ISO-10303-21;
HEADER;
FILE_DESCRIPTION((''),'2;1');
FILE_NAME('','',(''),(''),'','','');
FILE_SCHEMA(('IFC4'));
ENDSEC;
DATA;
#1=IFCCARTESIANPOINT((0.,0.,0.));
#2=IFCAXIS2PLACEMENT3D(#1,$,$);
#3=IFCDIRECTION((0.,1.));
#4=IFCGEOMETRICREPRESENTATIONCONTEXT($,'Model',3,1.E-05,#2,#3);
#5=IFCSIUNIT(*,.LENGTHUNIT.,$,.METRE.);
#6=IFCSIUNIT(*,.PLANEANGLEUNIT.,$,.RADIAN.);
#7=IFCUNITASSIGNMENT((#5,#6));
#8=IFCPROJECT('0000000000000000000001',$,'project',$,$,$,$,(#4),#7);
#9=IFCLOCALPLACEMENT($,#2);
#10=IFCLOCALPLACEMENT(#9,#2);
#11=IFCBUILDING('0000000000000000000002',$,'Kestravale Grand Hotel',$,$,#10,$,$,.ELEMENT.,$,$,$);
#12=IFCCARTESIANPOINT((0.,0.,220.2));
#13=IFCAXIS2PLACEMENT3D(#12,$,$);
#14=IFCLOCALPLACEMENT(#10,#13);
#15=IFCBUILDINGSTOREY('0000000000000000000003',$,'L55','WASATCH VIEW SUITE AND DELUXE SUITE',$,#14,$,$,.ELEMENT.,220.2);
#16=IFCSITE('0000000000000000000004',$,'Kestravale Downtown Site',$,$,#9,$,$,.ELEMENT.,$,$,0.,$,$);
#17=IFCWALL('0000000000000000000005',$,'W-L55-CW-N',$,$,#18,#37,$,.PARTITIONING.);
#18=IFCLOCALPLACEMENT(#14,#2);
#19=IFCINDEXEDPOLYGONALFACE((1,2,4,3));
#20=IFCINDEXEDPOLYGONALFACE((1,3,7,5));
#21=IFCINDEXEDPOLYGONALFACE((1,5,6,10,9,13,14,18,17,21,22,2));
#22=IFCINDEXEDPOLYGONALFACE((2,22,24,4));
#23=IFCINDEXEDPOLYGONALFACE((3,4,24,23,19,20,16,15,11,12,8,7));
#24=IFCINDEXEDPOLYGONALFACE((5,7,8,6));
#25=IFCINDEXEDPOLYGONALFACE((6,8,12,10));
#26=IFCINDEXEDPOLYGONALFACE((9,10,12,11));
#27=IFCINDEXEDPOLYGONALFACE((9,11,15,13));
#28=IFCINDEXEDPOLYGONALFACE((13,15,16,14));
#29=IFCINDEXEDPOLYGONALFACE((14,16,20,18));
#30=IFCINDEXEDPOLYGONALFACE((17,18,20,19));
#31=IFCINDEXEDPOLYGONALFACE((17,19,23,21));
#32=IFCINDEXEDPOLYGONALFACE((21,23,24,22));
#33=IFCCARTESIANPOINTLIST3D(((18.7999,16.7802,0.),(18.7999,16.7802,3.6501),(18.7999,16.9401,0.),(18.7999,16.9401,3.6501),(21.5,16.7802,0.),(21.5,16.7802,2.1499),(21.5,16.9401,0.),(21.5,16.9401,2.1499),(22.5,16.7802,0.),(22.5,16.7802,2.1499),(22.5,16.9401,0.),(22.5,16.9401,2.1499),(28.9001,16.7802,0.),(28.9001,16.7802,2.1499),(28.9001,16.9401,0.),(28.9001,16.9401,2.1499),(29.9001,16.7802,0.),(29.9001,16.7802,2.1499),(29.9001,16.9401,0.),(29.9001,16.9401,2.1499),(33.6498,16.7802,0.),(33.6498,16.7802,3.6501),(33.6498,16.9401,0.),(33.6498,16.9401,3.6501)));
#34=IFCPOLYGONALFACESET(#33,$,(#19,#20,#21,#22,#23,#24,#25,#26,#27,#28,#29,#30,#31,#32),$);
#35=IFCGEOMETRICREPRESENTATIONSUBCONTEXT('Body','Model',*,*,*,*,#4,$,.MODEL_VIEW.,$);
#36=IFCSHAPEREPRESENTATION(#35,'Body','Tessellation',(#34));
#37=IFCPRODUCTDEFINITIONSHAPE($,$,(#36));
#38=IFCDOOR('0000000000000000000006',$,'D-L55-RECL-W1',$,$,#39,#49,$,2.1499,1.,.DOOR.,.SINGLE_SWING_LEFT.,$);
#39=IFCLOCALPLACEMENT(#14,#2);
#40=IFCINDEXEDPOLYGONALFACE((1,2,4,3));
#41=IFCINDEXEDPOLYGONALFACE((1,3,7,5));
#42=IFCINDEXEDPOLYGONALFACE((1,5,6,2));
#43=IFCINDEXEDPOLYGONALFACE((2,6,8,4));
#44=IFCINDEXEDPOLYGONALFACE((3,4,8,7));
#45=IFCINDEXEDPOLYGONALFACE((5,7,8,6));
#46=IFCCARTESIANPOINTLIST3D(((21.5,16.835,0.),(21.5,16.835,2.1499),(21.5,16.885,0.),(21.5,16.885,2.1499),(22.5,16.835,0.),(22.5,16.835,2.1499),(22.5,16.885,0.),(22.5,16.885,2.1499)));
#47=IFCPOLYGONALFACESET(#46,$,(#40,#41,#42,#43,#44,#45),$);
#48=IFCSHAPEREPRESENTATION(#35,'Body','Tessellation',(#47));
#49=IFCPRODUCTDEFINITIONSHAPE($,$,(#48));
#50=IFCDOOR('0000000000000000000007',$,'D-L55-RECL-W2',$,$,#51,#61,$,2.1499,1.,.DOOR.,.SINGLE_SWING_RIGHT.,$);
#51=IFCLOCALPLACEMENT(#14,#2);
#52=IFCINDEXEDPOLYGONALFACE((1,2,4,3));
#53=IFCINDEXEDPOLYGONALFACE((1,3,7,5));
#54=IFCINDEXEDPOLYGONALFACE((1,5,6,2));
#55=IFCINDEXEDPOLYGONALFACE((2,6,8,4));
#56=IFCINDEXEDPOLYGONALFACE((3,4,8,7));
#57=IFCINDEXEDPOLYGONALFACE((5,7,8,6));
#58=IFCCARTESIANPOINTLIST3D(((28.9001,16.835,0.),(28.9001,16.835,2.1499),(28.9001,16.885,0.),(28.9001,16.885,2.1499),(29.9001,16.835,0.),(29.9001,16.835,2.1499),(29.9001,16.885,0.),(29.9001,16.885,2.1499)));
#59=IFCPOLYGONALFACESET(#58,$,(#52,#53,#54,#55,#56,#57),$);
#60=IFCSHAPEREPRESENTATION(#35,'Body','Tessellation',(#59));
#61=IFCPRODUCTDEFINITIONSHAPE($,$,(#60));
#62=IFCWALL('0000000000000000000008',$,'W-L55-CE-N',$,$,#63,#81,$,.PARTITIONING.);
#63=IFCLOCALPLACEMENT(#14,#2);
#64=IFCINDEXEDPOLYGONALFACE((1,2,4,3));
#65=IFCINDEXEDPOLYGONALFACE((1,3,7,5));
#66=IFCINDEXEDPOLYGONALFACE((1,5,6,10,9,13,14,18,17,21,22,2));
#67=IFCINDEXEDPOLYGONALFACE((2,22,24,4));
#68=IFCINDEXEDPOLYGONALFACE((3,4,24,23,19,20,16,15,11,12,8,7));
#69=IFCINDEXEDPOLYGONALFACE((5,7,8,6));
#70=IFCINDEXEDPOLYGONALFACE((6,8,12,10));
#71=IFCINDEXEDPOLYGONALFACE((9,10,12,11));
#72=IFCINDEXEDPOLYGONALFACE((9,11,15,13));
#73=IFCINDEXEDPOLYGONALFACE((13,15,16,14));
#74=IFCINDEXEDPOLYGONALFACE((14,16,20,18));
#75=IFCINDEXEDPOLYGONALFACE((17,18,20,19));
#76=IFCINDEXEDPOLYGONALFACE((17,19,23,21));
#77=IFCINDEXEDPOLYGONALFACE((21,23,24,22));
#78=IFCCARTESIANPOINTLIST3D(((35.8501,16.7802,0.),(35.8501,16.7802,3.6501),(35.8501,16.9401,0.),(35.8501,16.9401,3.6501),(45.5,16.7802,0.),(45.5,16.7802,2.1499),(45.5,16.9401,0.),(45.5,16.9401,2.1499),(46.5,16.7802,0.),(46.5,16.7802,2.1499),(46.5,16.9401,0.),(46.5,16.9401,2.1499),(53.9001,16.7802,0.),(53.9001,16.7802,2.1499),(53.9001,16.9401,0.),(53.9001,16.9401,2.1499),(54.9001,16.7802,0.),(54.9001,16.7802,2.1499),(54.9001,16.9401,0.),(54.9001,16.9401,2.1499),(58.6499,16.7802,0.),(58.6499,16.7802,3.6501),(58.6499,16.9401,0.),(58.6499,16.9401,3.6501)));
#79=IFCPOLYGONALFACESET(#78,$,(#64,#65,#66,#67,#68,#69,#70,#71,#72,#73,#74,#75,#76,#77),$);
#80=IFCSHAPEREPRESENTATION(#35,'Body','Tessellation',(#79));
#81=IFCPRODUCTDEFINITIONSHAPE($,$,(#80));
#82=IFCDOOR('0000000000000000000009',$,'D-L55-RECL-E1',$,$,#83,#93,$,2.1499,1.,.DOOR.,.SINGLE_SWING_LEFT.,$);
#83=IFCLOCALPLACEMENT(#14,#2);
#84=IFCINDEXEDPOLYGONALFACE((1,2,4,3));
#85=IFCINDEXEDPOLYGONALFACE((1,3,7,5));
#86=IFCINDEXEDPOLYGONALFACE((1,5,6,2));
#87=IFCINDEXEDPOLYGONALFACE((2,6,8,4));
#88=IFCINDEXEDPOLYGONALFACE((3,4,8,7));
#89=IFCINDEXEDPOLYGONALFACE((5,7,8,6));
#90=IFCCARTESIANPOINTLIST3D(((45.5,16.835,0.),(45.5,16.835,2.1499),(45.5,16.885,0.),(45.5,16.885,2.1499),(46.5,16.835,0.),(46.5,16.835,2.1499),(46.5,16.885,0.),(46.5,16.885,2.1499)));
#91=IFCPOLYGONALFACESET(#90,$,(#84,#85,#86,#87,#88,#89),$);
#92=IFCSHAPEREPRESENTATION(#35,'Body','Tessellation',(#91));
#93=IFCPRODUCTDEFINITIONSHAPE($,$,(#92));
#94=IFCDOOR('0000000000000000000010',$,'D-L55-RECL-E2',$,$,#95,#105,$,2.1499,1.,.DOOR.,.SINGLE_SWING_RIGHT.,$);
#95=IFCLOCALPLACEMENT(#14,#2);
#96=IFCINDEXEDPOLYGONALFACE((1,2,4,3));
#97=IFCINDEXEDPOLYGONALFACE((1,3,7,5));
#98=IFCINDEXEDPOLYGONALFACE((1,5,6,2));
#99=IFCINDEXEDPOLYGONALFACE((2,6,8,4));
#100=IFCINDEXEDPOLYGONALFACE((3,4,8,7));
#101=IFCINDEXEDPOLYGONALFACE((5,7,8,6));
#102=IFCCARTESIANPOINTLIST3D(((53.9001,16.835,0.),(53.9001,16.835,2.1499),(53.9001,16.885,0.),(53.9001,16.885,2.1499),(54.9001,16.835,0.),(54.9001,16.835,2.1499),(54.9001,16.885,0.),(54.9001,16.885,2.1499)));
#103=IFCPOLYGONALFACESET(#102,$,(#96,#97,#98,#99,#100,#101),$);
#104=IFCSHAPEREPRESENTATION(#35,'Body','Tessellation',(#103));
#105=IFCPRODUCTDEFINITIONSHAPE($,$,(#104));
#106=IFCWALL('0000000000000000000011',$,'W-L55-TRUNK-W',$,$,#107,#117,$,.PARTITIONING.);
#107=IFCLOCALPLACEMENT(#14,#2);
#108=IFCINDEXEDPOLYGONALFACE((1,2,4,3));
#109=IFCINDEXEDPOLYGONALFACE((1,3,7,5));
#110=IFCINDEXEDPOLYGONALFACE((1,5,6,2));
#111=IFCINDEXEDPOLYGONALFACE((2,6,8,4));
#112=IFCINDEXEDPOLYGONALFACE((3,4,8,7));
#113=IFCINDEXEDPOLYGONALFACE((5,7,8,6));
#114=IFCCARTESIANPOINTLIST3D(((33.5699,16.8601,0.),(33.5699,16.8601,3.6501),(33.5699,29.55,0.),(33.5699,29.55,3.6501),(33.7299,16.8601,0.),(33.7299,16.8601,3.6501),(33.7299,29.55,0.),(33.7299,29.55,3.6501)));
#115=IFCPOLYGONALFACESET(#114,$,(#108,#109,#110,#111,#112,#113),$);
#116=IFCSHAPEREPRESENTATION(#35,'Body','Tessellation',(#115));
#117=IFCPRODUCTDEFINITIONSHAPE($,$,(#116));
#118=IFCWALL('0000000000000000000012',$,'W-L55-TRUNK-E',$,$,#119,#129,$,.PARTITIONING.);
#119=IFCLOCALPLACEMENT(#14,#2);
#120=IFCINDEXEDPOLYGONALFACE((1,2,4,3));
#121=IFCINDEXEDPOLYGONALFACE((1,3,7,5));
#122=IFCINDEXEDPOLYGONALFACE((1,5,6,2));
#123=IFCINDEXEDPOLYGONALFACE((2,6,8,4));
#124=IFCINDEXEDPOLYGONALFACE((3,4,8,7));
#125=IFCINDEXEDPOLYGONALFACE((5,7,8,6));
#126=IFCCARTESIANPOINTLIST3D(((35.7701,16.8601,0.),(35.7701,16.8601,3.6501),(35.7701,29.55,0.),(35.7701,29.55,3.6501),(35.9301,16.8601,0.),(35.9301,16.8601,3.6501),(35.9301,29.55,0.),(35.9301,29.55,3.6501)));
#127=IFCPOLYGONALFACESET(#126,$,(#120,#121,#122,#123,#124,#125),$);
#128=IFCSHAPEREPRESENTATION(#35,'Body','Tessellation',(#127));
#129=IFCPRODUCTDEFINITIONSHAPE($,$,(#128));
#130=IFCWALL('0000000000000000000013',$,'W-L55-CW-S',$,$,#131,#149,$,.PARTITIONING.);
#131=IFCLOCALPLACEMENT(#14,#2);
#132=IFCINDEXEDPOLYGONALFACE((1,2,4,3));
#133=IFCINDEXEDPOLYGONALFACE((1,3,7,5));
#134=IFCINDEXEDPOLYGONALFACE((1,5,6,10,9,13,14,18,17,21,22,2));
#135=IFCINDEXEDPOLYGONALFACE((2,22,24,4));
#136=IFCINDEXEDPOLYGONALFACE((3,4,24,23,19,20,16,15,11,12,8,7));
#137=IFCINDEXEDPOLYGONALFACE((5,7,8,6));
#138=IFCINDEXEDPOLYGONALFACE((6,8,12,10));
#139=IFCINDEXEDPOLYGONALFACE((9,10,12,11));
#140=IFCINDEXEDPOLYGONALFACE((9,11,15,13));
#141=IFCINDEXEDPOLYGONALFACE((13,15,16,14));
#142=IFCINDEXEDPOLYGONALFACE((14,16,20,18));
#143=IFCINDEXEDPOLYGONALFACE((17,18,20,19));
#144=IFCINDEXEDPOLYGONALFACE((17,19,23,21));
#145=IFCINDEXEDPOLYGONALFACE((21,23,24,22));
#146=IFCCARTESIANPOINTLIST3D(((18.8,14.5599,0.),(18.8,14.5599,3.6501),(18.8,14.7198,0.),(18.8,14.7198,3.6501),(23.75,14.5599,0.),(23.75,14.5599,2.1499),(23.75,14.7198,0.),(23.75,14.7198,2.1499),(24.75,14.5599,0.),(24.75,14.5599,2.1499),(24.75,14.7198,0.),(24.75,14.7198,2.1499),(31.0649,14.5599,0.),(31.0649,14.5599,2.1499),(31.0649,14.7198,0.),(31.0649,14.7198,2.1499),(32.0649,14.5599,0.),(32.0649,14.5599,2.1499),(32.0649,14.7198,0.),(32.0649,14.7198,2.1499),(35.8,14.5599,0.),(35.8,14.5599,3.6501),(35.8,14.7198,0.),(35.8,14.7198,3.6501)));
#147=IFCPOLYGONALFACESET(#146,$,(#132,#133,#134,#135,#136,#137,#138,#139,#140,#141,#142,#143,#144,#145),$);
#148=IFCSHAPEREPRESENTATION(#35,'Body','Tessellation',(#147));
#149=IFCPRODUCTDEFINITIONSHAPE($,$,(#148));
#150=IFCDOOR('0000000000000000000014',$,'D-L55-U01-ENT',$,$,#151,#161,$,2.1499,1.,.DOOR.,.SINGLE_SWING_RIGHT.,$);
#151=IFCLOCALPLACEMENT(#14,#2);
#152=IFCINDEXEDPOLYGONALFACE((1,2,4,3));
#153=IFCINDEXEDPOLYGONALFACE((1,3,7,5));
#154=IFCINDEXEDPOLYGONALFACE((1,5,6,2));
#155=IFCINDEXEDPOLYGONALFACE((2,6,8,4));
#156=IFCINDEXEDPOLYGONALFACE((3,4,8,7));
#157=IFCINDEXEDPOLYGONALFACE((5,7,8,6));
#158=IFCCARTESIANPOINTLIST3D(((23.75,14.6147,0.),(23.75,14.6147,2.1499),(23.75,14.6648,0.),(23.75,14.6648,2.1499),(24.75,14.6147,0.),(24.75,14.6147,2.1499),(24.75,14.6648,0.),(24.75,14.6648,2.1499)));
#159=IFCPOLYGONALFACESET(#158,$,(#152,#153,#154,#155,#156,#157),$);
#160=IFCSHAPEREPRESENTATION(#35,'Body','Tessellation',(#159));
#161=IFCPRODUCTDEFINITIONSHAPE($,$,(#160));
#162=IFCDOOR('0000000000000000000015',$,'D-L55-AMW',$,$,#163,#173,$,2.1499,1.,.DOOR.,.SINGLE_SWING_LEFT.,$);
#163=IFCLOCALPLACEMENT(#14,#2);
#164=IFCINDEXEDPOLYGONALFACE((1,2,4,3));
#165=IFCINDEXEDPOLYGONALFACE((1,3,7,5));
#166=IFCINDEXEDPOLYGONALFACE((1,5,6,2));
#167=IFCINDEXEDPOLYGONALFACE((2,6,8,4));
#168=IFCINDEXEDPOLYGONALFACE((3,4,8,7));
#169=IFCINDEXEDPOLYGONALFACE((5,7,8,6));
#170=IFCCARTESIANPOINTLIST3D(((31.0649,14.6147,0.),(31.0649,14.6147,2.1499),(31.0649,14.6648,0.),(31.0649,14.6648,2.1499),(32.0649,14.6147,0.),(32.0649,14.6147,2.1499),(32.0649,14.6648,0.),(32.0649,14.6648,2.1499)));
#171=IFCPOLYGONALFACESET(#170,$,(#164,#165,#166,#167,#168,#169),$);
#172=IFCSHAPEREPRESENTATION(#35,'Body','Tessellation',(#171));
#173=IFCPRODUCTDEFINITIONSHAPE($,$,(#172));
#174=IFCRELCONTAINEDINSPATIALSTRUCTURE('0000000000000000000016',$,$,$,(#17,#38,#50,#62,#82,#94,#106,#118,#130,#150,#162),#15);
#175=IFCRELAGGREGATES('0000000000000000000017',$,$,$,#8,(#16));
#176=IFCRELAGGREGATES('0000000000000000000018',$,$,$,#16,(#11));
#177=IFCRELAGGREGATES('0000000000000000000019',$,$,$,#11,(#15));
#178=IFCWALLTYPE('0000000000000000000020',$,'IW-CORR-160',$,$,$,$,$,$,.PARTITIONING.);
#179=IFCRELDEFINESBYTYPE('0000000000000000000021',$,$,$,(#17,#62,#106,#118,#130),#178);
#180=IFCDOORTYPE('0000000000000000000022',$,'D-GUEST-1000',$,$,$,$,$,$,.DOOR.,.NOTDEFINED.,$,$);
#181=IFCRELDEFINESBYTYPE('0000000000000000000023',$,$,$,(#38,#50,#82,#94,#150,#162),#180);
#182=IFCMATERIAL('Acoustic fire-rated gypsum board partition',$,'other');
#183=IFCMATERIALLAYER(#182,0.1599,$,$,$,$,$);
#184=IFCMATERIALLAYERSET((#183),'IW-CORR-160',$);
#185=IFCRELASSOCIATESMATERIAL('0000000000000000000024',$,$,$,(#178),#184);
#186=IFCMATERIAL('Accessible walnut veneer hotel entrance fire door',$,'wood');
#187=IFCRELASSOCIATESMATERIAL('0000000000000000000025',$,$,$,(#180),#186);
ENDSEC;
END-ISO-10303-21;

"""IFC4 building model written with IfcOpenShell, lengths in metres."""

from ifc_helpers import new_model, si_unit, direction, frame, frame_2d, origin, place, context, subcontext, project, spatial, rectangle, extrude, material, layer, layer_set, type_object, element, fill, save


model = new_model("IFC4")

# Units and contexts
model_context = context("Model", 3, precision=1e-05, world=origin(), true_north=direction((0.0, 1.0)))
body_context = subcontext(model_context, "Body", "Model", "MODEL_VIEW")
ifc_project = project(units=[si_unit("LENGTHUNIT", "METRE"), si_unit("PLANEANGLEUNIT", "RADIAN")], contexts=[model_context])

# Site, building, storey
site_placement = place(None, origin())
site = spatial("IfcSite", under=ifc_project, at=site_placement, Name="Kestravale Downtown Site", CompositionType="ELEMENT", RefElevation=0.0)
building_placement = place(site_placement, origin())
building = spatial("IfcBuilding", under=site, at=building_placement, Name="Kestravale Grand Hotel", CompositionType="ELEMENT")
storey_placement = place(building_placement, frame((0.0, 0.0, 220.2)))
storey = spatial("IfcBuildingStorey", under=building, at=storey_placement, Name="L55", Description="WASATCH VIEW SUITE AND DELUXE SUITE", CompositionType="ELEMENT", Elevation=220.2)

# Walls, openings, doors
ifc_material_1 = material(Name="Acoustic fire-rated gypsum board partition", Category="other")
ifc_layer_1 = layer(ifc_material_1, 0.1599)
ifc_layer_set_1 = layer_set([ifc_layer_1], Name="IW-CORR-160")
wall_type_1 = type_object("IfcWallType", Name="IW-CORR-160", PredefinedType="PARTITIONING", material=ifc_layer_set_1)
wall_1_placement = place(storey_placement, frame((18.8, 16.8601, 0.0), z_axis=(0.0, 0.0, 1.0), x_axis=(1.0, 0.0, 0.0)))
wall_1 = element("IfcWall", 1, at=wall_1_placement, inside=storey, type_object=wall_type_1, Name="W-L55-CW-N", PredefinedType="PARTITIONING", context=body_context, shape_type="SweptSolid", body=[
    extrude(rectangle(XDim=14.8499, YDim=0.1599, at=frame_2d((7.4248, 0.0))), origin(), (0.0, 0.0, 1.0), 3.6501),
])
opening_1_placement = place(wall_1_placement, frame((2.7, 0.0, 0.0)))
opening_1 = element("IfcOpeningElement", 2, at=opening_1_placement, cuts=wall_1, PredefinedType="OPENING", context=body_context, shape_type="SweptSolid", body=[
    extrude(rectangle(XDim=1.0, YDim=2.1499, at=frame_2d((0.5, 1.075))), frame((0.0, 0.0898, 0.0), z_axis=(0.0, -1.0, 0.0), x_axis=(1.0, 0.0, 0.0)), (0.0, 0.0, 1.0), 0.1799),
])
opening_2_placement = place(wall_1_placement, frame((10.1001, 0.0, 0.0)))
opening_2 = element("IfcOpeningElement", 3, at=opening_2_placement, cuts=wall_1, PredefinedType="OPENING", context=body_context, shape_type="SweptSolid", body=[
    extrude(rectangle(XDim=1.0, YDim=2.1499, at=frame_2d((0.5, 1.075))), frame((0.0, 0.0898, 0.0), z_axis=(0.0, -1.0, 0.0), x_axis=(1.0, 0.0, 0.0)), (0.0, 0.0, 1.0), 0.1799),
])
ifc_material_2 = material(Name="Accessible walnut veneer hotel entrance fire door", Category="wood")
door_type_1 = type_object("IfcDoorType", Name="D-GUEST-1000", OperationType="NOTDEFINED", PredefinedType="DOOR", material=ifc_material_2)
door_1_placement = place(opening_1_placement, origin())
door_1 = element("IfcDoor", 4, at=door_1_placement, inside=storey, type_object=door_type_1, Name="D-L55-RECL-W1", OperationType="SINGLE_SWING_LEFT", OverallHeight=2.1499, OverallWidth=1.0, PredefinedType="DOOR", context=body_context, shape_type="SweptSolid", body=[
    extrude(rectangle(XDim=1.0, YDim=2.1499, at=frame_2d((0.5, 1.075))), frame((0.0, 0.0249, 0.0), z_axis=(0.0, -1.0, 0.0), x_axis=(1.0, 0.0, 0.0)), (0.0, 0.0, 1.0), 0.05),
])
fill(opening_1, door_1)
door_2_placement = place(opening_2_placement, origin())
door_2 = element("IfcDoor", 5, at=door_2_placement, inside=storey, type_object=door_type_1, Name="D-L55-RECL-W2", OperationType="SINGLE_SWING_RIGHT", OverallHeight=2.1499, OverallWidth=1.0, PredefinedType="DOOR", context=body_context, shape_type="SweptSolid", body=[
    extrude(rectangle(XDim=1.0, YDim=2.1499, at=frame_2d((0.5, 1.075))), frame((0.0, 0.0249, 0.0), z_axis=(0.0, -1.0, 0.0), x_axis=(1.0, 0.0, 0.0)), (0.0, 0.0, 1.0), 0.05),
])
fill(opening_2, door_2)
wall_2_placement = place(storey_placement, frame((35.8501, 16.8601, 0.0), z_axis=(0.0, 0.0, 1.0), x_axis=(1.0, 0.0, 0.0)))
wall_2 = element("IfcWall", 6, at=wall_2_placement, inside=storey, type_object=wall_type_1, Name="W-L55-CE-N", PredefinedType="PARTITIONING", context=body_context, shape_type="SweptSolid", body=[
    extrude(rectangle(XDim=22.7998, YDim=0.1599, at=frame_2d((11.3999, 0.0))), origin(), (0.0, 0.0, 1.0), 3.6501),
])
opening_3_placement = place(wall_2_placement, frame((9.6499, 0.0, 0.0)))
opening_3 = element("IfcOpeningElement", 7, at=opening_3_placement, cuts=wall_2, PredefinedType="OPENING", context=body_context, shape_type="SweptSolid", body=[
    extrude(rectangle(XDim=1.0, YDim=2.1499, at=frame_2d((0.5, 1.075))), frame((0.0, 0.0898, 0.0), z_axis=(0.0, -1.0, 0.0), x_axis=(1.0, 0.0, 0.0)), (0.0, 0.0, 1.0), 0.1799),
])
opening_4_placement = place(wall_2_placement, frame((18.05, 0.0, 0.0)))
opening_4 = element("IfcOpeningElement", 8, at=opening_4_placement, cuts=wall_2, PredefinedType="OPENING", context=body_context, shape_type="SweptSolid", body=[
    extrude(rectangle(XDim=1.0, YDim=2.1499, at=frame_2d((0.5, 1.075))), frame((0.0, 0.0898, 0.0), z_axis=(0.0, -1.0, 0.0), x_axis=(1.0, 0.0, 0.0)), (0.0, 0.0, 1.0), 0.1799),
])
door_3_placement = place(opening_3_placement, origin())
door_3 = element("IfcDoor", 9, at=door_3_placement, inside=storey, type_object=door_type_1, Name="D-L55-RECL-E1", OperationType="SINGLE_SWING_LEFT", OverallHeight=2.1499, OverallWidth=1.0, PredefinedType="DOOR", context=body_context, shape_type="SweptSolid", body=[
    extrude(rectangle(XDim=1.0, YDim=2.1499, at=frame_2d((0.5, 1.075))), frame((0.0, 0.0249, 0.0), z_axis=(0.0, -1.0, 0.0), x_axis=(1.0, 0.0, 0.0)), (0.0, 0.0, 1.0), 0.05),
])
fill(opening_3, door_3)
door_4_placement = place(opening_4_placement, origin())
door_4 = element("IfcDoor", 10, at=door_4_placement, inside=storey, type_object=door_type_1, Name="D-L55-RECL-E2", OperationType="SINGLE_SWING_RIGHT", OverallHeight=2.1499, OverallWidth=1.0, PredefinedType="DOOR", context=body_context, shape_type="SweptSolid", body=[
    extrude(rectangle(XDim=1.0, YDim=2.1499, at=frame_2d((0.5, 1.075))), frame((0.0, 0.0249, 0.0), z_axis=(0.0, -1.0, 0.0), x_axis=(1.0, 0.0, 0.0)), (0.0, 0.0, 1.0), 0.05),
])
fill(opening_4, door_4)

# Walls
for number, where, z_axis, x_axis, name in (
    (11, (33.6499, 16.8601, 0.0), (0.0, 0.0, 1.0), (0.0, 1.0, 0.0), "W-L55-TRUNK-W"),
    (12, (35.8501, 16.8601, 0.0), (0.0, 0.0, 1.0), (0.0, 1.0, 0.0), "W-L55-TRUNK-E"),
):
    element("IfcWall", number, at=place(storey_placement, frame(where, z_axis=z_axis, x_axis=x_axis)), inside=storey, type_object=wall_type_1, Name=name, PredefinedType="PARTITIONING", context=body_context, shape_type="SweptSolid", body=[
        extrude(rectangle(XDim=12.6899, YDim=0.1599, at=frame_2d((6.345, 0.0))), origin(), (0.0, 0.0, 1.0), 3.6501),
    ])

# Wall, openings, doors
wall_3_placement = place(storey_placement, frame((18.8, 14.6399, 0.0), z_axis=(0.0, 0.0, 1.0), x_axis=(1.0, 0.0, 0.0)))
wall_3 = element("IfcWall", 13, at=wall_3_placement, inside=storey, type_object=wall_type_1, Name="W-L55-CW-S", PredefinedType="PARTITIONING", context=body_context, shape_type="SweptSolid", body=[
    extrude(rectangle(XDim=17.0, YDim=0.1599, at=frame_2d((8.5, 0.0))), origin(), (0.0, 0.0, 1.0), 3.6501),
])
opening_5_placement = place(wall_3_placement, frame((4.95, 0.0, 0.0)))
opening_5 = element("IfcOpeningElement", 14, at=opening_5_placement, cuts=wall_3, PredefinedType="OPENING", context=body_context, shape_type="SweptSolid", body=[
    extrude(rectangle(XDim=1.0, YDim=2.1499, at=frame_2d((0.5, 1.075))), frame((0.0, 0.0898, 0.0), z_axis=(0.0, -1.0, 0.0), x_axis=(1.0, 0.0, 0.0)), (0.0, 0.0, 1.0), 0.1799),
])
opening_6_placement = place(wall_3_placement, frame((12.2649, 0.0, 0.0)))
opening_6 = element("IfcOpeningElement", 15, at=opening_6_placement, cuts=wall_3, PredefinedType="OPENING", context=body_context, shape_type="SweptSolid", body=[
    extrude(rectangle(XDim=1.0, YDim=2.1499, at=frame_2d((0.5, 1.075))), frame((0.0, 0.0898, 0.0), z_axis=(0.0, -1.0, 0.0), x_axis=(1.0, 0.0, 0.0)), (0.0, 0.0, 1.0), 0.1799),
])
door_5_placement = place(opening_5_placement, origin())
door_5 = element("IfcDoor", 16, at=door_5_placement, inside=storey, type_object=door_type_1, Name="D-L55-U01-ENT", OperationType="SINGLE_SWING_RIGHT", OverallHeight=2.1499, OverallWidth=1.0, PredefinedType="DOOR", context=body_context, shape_type="SweptSolid", body=[
    extrude(rectangle(XDim=1.0, YDim=2.1499, at=frame_2d((0.5, 1.075))), frame((0.0, 0.0249, 0.0), z_axis=(0.0, -1.0, 0.0), x_axis=(1.0, 0.0, 0.0)), (0.0, 0.0, 1.0), 0.05),
])
fill(opening_5, door_5)
door_6_placement = place(opening_6_placement, origin())
door_6 = element("IfcDoor", 17, at=door_6_placement, inside=storey, type_object=door_type_1, Name="D-L55-AMW", OperationType="SINGLE_SWING_LEFT", OverallHeight=2.1499, OverallWidth=1.0, PredefinedType="DOOR", context=body_context, shape_type="SweptSolid", body=[
    extrude(rectangle(XDim=1.0, YDim=2.1499, at=frame_2d((0.5, 1.075))), frame((0.0, 0.0249, 0.0), z_axis=(0.0, -1.0, 0.0), x_axis=(1.0, 0.0, 0.0)), (0.0, 0.0, 1.0), 0.05),
])
fill(opening_6, door_6)

save(model, "model.ifc")
